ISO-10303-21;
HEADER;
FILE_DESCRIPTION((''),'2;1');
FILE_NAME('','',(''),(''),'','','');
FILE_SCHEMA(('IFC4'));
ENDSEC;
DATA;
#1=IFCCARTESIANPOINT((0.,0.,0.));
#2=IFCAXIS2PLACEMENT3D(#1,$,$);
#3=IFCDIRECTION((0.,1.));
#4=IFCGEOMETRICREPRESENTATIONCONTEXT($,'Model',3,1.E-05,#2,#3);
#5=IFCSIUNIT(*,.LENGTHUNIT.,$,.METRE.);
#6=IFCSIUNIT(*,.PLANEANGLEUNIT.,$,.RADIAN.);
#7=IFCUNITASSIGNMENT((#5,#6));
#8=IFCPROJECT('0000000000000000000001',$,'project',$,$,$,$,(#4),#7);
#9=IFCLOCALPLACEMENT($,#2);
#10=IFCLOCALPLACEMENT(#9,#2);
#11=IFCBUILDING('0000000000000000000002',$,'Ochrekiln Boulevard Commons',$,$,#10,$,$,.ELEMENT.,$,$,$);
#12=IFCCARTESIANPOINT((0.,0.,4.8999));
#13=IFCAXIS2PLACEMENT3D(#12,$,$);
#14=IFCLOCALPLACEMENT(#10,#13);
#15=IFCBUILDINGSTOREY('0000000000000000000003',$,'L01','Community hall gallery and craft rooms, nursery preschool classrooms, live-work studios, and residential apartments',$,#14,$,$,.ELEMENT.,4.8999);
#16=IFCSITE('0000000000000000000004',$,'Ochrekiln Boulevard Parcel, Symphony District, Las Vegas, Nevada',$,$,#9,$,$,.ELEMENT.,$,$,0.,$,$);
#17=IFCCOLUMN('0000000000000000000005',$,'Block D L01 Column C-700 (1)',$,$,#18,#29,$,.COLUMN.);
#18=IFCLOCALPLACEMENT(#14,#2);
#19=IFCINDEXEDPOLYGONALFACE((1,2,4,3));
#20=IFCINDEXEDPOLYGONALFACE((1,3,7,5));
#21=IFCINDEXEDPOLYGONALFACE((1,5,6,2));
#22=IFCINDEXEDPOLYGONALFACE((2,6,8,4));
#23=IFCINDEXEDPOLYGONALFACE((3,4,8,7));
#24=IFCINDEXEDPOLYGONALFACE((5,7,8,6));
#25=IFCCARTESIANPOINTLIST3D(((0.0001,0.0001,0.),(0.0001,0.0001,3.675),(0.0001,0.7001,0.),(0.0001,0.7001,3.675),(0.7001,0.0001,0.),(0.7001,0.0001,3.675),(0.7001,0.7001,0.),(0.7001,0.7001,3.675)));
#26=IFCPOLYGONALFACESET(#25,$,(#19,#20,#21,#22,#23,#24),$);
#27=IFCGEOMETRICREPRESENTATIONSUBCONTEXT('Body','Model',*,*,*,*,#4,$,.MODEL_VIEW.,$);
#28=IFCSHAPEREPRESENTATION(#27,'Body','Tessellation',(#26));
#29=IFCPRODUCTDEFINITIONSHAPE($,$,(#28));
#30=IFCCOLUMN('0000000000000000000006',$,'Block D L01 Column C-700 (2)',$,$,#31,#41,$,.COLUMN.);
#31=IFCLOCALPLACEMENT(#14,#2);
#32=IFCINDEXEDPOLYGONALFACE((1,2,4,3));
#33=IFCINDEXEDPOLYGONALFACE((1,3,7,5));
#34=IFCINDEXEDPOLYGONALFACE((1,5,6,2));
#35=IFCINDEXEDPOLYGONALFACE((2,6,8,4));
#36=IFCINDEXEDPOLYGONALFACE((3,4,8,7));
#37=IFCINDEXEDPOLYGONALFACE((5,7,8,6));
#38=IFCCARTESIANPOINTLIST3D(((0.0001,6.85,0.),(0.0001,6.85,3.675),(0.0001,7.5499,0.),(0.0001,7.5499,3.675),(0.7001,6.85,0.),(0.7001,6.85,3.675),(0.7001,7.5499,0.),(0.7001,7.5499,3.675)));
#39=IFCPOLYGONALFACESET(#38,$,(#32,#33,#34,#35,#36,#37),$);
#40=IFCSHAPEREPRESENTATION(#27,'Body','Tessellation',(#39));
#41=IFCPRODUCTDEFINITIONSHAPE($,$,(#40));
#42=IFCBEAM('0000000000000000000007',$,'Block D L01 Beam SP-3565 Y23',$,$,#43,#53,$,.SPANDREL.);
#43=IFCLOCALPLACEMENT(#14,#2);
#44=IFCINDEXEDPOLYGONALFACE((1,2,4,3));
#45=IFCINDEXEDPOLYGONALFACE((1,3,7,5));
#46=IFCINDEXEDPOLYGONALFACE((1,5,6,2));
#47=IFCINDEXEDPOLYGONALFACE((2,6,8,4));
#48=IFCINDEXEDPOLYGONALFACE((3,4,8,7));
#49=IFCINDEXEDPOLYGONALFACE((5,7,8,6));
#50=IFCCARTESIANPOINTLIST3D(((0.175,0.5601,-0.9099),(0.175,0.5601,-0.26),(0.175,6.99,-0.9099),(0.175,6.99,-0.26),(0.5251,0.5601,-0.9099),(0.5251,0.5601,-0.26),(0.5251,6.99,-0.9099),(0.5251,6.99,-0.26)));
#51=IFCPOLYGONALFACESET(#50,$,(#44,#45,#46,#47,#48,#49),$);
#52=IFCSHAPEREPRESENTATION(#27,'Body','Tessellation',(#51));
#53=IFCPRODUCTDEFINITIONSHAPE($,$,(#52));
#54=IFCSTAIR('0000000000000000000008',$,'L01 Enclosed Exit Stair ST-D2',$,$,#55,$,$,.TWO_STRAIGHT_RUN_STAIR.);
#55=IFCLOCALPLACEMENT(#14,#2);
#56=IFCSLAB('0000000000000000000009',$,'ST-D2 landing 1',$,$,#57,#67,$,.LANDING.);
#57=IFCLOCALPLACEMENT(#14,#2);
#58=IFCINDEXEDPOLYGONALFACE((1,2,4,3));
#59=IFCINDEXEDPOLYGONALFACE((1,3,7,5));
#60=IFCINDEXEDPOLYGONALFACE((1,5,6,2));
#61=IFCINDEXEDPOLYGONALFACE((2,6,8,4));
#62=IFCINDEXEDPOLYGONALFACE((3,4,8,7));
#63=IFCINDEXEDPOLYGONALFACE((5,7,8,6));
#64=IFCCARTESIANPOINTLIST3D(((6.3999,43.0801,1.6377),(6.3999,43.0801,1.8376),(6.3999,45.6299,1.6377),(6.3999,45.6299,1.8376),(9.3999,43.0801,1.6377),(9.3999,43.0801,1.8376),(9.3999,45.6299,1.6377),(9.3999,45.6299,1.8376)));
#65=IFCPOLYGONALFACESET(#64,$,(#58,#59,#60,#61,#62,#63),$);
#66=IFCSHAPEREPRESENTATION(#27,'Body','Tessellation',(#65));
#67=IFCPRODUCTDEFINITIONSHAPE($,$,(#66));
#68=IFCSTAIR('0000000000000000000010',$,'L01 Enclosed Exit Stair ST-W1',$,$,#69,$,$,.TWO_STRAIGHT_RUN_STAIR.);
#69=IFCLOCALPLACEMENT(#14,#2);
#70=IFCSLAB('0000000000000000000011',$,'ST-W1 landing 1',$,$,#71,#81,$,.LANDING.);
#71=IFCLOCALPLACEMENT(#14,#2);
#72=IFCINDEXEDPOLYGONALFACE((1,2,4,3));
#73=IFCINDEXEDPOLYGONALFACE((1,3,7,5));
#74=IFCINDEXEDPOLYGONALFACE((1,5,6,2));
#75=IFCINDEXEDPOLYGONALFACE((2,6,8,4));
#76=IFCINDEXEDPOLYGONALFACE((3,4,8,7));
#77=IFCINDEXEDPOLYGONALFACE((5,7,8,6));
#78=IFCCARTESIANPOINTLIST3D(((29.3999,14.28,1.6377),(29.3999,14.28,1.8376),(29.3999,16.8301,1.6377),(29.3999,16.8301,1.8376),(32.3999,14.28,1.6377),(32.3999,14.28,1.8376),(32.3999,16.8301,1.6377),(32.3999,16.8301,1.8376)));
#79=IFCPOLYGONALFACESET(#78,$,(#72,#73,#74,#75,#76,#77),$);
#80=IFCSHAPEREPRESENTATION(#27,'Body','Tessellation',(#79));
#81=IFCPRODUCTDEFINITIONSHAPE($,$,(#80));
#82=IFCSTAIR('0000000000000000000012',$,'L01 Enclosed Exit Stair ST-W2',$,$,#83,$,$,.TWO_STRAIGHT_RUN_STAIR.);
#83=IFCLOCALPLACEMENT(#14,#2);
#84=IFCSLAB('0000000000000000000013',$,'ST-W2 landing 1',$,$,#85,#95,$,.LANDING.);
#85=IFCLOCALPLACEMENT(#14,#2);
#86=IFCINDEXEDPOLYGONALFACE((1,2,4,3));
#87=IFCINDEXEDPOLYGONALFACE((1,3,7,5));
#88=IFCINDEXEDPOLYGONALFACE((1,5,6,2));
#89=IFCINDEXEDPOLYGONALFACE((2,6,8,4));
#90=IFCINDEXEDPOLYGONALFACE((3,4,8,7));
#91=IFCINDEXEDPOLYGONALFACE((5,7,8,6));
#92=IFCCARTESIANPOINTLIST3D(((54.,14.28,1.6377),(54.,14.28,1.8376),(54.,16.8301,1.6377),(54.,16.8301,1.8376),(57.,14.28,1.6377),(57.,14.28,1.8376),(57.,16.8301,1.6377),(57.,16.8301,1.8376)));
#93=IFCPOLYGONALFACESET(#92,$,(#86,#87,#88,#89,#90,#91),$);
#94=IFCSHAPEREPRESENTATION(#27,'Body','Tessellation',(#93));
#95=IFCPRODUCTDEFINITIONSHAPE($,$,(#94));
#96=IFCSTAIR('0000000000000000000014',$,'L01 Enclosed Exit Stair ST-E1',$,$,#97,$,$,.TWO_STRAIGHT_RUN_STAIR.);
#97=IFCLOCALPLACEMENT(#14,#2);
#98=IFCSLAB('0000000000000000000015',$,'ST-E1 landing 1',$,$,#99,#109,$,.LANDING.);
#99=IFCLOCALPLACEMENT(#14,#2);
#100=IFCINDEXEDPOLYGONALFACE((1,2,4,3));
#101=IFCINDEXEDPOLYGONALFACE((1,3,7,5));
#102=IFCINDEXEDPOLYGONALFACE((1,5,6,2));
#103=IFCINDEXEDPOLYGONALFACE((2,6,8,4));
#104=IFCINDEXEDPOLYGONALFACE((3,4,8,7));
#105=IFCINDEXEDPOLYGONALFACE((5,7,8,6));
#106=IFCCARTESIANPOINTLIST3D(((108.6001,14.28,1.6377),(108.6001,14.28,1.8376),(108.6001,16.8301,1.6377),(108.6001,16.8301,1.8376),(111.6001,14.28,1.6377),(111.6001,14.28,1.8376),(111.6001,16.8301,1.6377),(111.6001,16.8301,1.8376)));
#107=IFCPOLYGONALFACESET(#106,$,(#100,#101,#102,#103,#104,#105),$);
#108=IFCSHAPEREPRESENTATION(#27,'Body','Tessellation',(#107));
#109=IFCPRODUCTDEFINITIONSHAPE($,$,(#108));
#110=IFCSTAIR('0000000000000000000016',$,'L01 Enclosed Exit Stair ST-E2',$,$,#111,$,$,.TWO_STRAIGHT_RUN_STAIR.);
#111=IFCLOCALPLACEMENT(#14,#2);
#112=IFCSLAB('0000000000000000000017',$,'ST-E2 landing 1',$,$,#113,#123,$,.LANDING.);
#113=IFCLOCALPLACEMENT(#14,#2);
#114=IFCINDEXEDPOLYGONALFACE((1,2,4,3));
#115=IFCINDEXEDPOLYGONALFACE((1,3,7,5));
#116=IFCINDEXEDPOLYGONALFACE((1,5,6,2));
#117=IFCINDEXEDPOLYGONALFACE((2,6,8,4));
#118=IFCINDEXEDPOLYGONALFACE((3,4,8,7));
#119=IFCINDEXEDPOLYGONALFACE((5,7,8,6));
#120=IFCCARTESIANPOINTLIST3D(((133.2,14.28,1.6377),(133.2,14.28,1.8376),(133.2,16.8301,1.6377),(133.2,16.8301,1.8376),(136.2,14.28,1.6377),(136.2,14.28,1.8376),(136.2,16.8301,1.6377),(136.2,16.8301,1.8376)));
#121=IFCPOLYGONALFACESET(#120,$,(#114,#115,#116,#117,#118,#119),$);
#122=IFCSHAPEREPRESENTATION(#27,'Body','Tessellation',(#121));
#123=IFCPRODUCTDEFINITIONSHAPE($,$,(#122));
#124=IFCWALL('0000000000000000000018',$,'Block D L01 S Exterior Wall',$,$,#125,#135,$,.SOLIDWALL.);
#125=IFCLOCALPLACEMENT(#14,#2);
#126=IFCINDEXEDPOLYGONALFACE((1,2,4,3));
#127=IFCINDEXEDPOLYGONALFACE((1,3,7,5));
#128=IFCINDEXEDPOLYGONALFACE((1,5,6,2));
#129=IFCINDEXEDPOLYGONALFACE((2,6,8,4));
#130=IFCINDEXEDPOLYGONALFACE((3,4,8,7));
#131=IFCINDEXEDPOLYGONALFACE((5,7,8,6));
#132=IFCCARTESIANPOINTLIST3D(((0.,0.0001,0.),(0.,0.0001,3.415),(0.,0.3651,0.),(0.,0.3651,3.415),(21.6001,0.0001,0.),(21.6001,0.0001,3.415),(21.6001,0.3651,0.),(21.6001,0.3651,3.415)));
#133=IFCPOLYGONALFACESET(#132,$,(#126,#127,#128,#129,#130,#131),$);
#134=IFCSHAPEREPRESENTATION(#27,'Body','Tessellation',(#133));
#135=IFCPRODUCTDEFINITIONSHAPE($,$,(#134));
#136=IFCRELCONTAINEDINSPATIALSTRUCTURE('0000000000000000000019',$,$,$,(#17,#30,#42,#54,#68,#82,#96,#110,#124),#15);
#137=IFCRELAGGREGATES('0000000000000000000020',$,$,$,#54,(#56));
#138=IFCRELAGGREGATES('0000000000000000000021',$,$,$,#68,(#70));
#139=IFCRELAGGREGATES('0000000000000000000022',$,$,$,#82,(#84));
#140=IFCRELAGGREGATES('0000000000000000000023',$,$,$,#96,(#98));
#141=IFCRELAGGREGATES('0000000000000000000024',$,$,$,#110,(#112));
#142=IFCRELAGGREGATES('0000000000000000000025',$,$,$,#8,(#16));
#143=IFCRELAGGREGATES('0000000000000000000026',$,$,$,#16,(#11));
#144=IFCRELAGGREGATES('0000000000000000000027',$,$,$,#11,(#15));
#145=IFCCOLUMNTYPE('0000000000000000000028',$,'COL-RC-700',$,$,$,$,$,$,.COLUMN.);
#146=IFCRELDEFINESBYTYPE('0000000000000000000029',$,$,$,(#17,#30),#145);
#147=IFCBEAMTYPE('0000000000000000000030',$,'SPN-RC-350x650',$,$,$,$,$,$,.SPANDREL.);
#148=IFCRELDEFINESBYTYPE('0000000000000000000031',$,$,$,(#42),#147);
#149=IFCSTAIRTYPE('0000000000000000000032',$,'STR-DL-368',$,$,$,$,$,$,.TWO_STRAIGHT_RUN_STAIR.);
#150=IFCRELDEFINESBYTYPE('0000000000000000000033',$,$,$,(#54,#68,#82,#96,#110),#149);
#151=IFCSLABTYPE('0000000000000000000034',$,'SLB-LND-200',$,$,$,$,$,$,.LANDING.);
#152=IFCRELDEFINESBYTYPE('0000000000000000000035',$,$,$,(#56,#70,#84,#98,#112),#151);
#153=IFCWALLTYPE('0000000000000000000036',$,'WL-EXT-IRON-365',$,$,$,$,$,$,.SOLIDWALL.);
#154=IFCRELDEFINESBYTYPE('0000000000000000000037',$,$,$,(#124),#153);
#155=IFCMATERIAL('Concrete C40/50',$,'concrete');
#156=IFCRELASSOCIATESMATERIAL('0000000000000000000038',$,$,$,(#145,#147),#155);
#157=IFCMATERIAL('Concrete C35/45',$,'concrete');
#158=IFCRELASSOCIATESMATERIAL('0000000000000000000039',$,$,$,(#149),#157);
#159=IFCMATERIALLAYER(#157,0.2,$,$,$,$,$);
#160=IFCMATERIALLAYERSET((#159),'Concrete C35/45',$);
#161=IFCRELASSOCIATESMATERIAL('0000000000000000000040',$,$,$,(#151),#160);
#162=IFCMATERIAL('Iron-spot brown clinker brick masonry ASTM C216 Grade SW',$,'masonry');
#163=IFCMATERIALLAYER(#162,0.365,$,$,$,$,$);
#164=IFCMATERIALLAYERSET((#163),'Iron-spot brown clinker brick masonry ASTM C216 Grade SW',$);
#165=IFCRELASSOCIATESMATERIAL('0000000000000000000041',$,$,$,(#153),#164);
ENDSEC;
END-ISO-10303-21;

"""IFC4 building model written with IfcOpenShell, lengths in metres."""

from ifc_helpers import new_model, si_unit, direction, frame, frame_2d, origin, origin_2d, place, context, subcontext, project, spatial, polyline, rectangle, outline, extrude, material, layer, layer_set, material_profile, profile_set, type_object, element, aggregate, save


model = new_model("IFC4")

# Units and contexts
model_context = context("Model", 3, precision=1e-05, world=origin(), true_north=direction((0.0, 1.0)))
body_context = subcontext(model_context, "Body", "Model", "MODEL_VIEW")
ifc_project = project(units=[si_unit("LENGTHUNIT", "METRE"), si_unit("PLANEANGLEUNIT", "RADIAN")], contexts=[model_context])

# Site, building, storey
site_placement = place(None, origin())
site = spatial("IfcSite", under=ifc_project, at=site_placement, Name="Ochrekiln Boulevard Parcel, Symphony District, Las Vegas, Nevada", CompositionType="ELEMENT", RefElevation=0.0)
building_placement = place(site_placement, origin())
building = spatial("IfcBuilding", under=site, at=building_placement, Name="Ochrekiln Boulevard Commons", CompositionType="ELEMENT")
storey_placement = place(building_placement, frame((0.0, 0.0, 4.8999)))
storey = spatial("IfcBuildingStorey", under=building, at=storey_placement, Name="L01", Description="Community hall gallery and craft rooms, nursery preschool classrooms, live-work studios, and residential apartments", CompositionType="ELEMENT", Elevation=4.8999)

# Columns
ifc_material_1 = material(Name="Concrete C40/50", Category="concrete")
ifc_material_profile_1 = material_profile(ifc_material_1, rectangle(XDim=0.7, YDim=0.7, at=origin_2d()), Name="RC-COL-700x700")
ifc_profile_set_1 = profile_set([ifc_material_profile_1], Name="Concrete C40/50")
column_type = type_object("IfcColumnType", Name="COL-RC-700", PredefinedType="COLUMN", material=ifc_profile_set_1)
for number, where, z_axis, x_axis, name in (
    (1, (0.3501, 0.3501, 0.0), (0.0, 0.0, 1.0), (1.0, 0.0, 0.0), "Block D L01 Column C-700 (1)"),
    (2, (0.3501, 7.2, 0.0), (0.0, 0.0, 1.0), (1.0, 0.0, 0.0), "Block D L01 Column C-700 (2)"),
):
    element("IfcColumn", number, at=place(storey_placement, frame(where, z_axis=z_axis, x_axis=x_axis)), inside=storey, type_object=column_type, Name=name, PredefinedType="COLUMN", context=body_context, shape_type="SweptSolid", body=[
        extrude(rectangle(XDim=0.7, YDim=0.7, at=origin_2d()), origin(), (0.0, 0.0, 1.0), 3.675),
    ])

# Beam
ifc_material_profile_2 = material_profile(ifc_material_1, rectangle(XDim=0.3501, YDim=0.6499, at=origin_2d()), Name="RC-SPN-350x650")
ifc_profile_set_2 = profile_set([ifc_material_profile_2], Name="Concrete C40/50")
beam_type = type_object("IfcBeamType", Name="SPN-RC-350x650", PredefinedType="SPANDREL", material=ifc_profile_set_2)
beam_placement = place(storey_placement, frame((0.3501, 0.5601, -0.585), z_axis=(0.0, 1.0, 0.0), x_axis=(-1.0, 0.0, 0.0)))
element("IfcBeam", 3, at=beam_placement, inside=storey, type_object=beam_type, Name="Block D L01 Beam SP-3565 Y23", PredefinedType="SPANDREL", context=body_context, shape_type="SweptSolid", body=[
    extrude(rectangle(XDim=0.3501, YDim=0.6499, at=origin_2d()), origin(), (0.0, 0.0, 1.0), 6.4299),
])

# Stairs, slabs
ifc_material_2 = material(Name="Concrete C35/45", Category="concrete")
stair_type = type_object("IfcStairType", Name="STR-DL-368", PredefinedType="TWO_STRAIGHT_RUN_STAIR", material=ifc_material_2)
stair_1_placement = place(storey_placement, origin())
stair_1 = element("IfcStair", 4, at=stair_1_placement, inside=storey, type_object=stair_type, Name="L01 Enclosed Exit Stair ST-D2", PredefinedType="TWO_STRAIGHT_RUN_STAIR")
ifc_layer_1 = layer(ifc_material_2, 0.2)
ifc_layer_set_1 = layer_set([ifc_layer_1], Name="Concrete C35/45")
slab_type = type_object("IfcSlabType", Name="SLB-LND-200", PredefinedType="LANDING", material=ifc_layer_set_1)
slab_1_placement = place(storey_placement, frame((0.0, 0.0, 1.6377)))
slab_1 = element("IfcSlab", 5, at=slab_1_placement, type_object=slab_type, Name="ST-D2 landing 1", PredefinedType="LANDING", context=body_context, shape_type="SweptSolid", body=[
    extrude(outline(polyline([(6.3999, 45.6299), (6.3999, 43.0801), (9.3999, 43.0801), (9.3999, 45.6299), (6.3999, 45.6299)])), origin(), (0.0, 0.0, 1.0), 0.2),
])
aggregate(stair_1, [slab_1])
stair_2_placement = place(storey_placement, origin())
stair_2 = element("IfcStair", 6, at=stair_2_placement, inside=storey, type_object=stair_type, Name="L01 Enclosed Exit Stair ST-W1", PredefinedType="TWO_STRAIGHT_RUN_STAIR")
slab_2_placement = place(storey_placement, frame((0.0, 0.0, 1.6377)))
slab_2 = element("IfcSlab", 7, at=slab_2_placement, type_object=slab_type, Name="ST-W1 landing 1", PredefinedType="LANDING", context=body_context, shape_type="SweptSolid", body=[
    extrude(outline(polyline([(29.3999, 16.8301), (29.3999, 14.28), (32.3999, 14.28), (32.3999, 16.8301), (29.3999, 16.8301)])), origin(), (0.0, 0.0, 1.0), 0.2),
])
aggregate(stair_2, [slab_2])
stair_3_placement = place(storey_placement, origin())
stair_3 = element("IfcStair", 8, at=stair_3_placement, inside=storey, type_object=stair_type, Name="L01 Enclosed Exit Stair ST-W2", PredefinedType="TWO_STRAIGHT_RUN_STAIR")
slab_3_placement = place(storey_placement, frame((0.0, 0.0, 1.6377)))
slab_3 = element("IfcSlab", 9, at=slab_3_placement, type_object=slab_type, Name="ST-W2 landing 1", PredefinedType="LANDING", context=body_context, shape_type="SweptSolid", body=[
    extrude(outline(polyline([(54.0, 16.8301), (54.0, 14.28), (57.0, 14.28), (57.0, 16.8301), (54.0, 16.8301)])), origin(), (0.0, 0.0, 1.0), 0.2),
])
aggregate(stair_3, [slab_3])
stair_4_placement = place(storey_placement, origin())
stair_4 = element("IfcStair", 10, at=stair_4_placement, inside=storey, type_object=stair_type, Name="L01 Enclosed Exit Stair ST-E1", PredefinedType="TWO_STRAIGHT_RUN_STAIR")
slab_4_placement = place(storey_placement, frame((0.0, 0.0, 1.6377)))
slab_4 = element("IfcSlab", 11, at=slab_4_placement, type_object=slab_type, Name="ST-E1 landing 1", PredefinedType="LANDING", context=body_context, shape_type="SweptSolid", body=[
    extrude(outline(polyline([(108.6001, 16.8301), (108.6001, 14.28), (111.6001, 14.28), (111.6001, 16.8301), (108.6001, 16.8301)])), origin(), (0.0, 0.0, 1.0), 0.2),
])
aggregate(stair_4, [slab_4])
stair_5_placement = place(storey_placement, origin())
stair_5 = element("IfcStair", 12, at=stair_5_placement, inside=storey, type_object=stair_type, Name="L01 Enclosed Exit Stair ST-E2", PredefinedType="TWO_STRAIGHT_RUN_STAIR")
slab_5_placement = place(storey_placement, frame((0.0, 0.0, 1.6377)))
slab_5 = element("IfcSlab", 13, at=slab_5_placement, type_object=slab_type, Name="ST-E2 landing 1", PredefinedType="LANDING", context=body_context, shape_type="SweptSolid", body=[
    extrude(outline(polyline([(133.2, 16.8301), (133.2, 14.28), (136.2, 14.28), (136.2, 16.8301), (133.2, 16.8301)])), origin(), (0.0, 0.0, 1.0), 0.2),
])
aggregate(stair_5, [slab_5])

# Wall
ifc_material_3 = material(Name="Iron-spot brown clinker brick masonry ASTM C216 Grade SW", Category="masonry")
ifc_layer_2 = layer(ifc_material_3, 0.365)
ifc_layer_set_2 = layer_set([ifc_layer_2], Name="Iron-spot brown clinker brick masonry ASTM C216 Grade SW")
wall_type = type_object("IfcWallType", Name="WL-EXT-IRON-365", PredefinedType="SOLIDWALL", material=ifc_layer_set_2)
wall_1_placement = place(storey_placement, frame((0.0, 0.1826, 0.0), z_axis=(0.0, 0.0, 1.0), x_axis=(1.0, 0.0, 0.0)))
element("IfcWall", 14, at=wall_1_placement, inside=storey, type_object=wall_type, Name="Block D L01 S Exterior Wall", PredefinedType="SOLIDWALL", context=body_context, shape_type="SweptSolid", body=[
    extrude(rectangle(XDim=21.6001, YDim=0.365, at=frame_2d((10.8, 0.0))), origin(), (0.0, 0.0, 1.0), 3.415),
])

save(model, "model.ifc")
